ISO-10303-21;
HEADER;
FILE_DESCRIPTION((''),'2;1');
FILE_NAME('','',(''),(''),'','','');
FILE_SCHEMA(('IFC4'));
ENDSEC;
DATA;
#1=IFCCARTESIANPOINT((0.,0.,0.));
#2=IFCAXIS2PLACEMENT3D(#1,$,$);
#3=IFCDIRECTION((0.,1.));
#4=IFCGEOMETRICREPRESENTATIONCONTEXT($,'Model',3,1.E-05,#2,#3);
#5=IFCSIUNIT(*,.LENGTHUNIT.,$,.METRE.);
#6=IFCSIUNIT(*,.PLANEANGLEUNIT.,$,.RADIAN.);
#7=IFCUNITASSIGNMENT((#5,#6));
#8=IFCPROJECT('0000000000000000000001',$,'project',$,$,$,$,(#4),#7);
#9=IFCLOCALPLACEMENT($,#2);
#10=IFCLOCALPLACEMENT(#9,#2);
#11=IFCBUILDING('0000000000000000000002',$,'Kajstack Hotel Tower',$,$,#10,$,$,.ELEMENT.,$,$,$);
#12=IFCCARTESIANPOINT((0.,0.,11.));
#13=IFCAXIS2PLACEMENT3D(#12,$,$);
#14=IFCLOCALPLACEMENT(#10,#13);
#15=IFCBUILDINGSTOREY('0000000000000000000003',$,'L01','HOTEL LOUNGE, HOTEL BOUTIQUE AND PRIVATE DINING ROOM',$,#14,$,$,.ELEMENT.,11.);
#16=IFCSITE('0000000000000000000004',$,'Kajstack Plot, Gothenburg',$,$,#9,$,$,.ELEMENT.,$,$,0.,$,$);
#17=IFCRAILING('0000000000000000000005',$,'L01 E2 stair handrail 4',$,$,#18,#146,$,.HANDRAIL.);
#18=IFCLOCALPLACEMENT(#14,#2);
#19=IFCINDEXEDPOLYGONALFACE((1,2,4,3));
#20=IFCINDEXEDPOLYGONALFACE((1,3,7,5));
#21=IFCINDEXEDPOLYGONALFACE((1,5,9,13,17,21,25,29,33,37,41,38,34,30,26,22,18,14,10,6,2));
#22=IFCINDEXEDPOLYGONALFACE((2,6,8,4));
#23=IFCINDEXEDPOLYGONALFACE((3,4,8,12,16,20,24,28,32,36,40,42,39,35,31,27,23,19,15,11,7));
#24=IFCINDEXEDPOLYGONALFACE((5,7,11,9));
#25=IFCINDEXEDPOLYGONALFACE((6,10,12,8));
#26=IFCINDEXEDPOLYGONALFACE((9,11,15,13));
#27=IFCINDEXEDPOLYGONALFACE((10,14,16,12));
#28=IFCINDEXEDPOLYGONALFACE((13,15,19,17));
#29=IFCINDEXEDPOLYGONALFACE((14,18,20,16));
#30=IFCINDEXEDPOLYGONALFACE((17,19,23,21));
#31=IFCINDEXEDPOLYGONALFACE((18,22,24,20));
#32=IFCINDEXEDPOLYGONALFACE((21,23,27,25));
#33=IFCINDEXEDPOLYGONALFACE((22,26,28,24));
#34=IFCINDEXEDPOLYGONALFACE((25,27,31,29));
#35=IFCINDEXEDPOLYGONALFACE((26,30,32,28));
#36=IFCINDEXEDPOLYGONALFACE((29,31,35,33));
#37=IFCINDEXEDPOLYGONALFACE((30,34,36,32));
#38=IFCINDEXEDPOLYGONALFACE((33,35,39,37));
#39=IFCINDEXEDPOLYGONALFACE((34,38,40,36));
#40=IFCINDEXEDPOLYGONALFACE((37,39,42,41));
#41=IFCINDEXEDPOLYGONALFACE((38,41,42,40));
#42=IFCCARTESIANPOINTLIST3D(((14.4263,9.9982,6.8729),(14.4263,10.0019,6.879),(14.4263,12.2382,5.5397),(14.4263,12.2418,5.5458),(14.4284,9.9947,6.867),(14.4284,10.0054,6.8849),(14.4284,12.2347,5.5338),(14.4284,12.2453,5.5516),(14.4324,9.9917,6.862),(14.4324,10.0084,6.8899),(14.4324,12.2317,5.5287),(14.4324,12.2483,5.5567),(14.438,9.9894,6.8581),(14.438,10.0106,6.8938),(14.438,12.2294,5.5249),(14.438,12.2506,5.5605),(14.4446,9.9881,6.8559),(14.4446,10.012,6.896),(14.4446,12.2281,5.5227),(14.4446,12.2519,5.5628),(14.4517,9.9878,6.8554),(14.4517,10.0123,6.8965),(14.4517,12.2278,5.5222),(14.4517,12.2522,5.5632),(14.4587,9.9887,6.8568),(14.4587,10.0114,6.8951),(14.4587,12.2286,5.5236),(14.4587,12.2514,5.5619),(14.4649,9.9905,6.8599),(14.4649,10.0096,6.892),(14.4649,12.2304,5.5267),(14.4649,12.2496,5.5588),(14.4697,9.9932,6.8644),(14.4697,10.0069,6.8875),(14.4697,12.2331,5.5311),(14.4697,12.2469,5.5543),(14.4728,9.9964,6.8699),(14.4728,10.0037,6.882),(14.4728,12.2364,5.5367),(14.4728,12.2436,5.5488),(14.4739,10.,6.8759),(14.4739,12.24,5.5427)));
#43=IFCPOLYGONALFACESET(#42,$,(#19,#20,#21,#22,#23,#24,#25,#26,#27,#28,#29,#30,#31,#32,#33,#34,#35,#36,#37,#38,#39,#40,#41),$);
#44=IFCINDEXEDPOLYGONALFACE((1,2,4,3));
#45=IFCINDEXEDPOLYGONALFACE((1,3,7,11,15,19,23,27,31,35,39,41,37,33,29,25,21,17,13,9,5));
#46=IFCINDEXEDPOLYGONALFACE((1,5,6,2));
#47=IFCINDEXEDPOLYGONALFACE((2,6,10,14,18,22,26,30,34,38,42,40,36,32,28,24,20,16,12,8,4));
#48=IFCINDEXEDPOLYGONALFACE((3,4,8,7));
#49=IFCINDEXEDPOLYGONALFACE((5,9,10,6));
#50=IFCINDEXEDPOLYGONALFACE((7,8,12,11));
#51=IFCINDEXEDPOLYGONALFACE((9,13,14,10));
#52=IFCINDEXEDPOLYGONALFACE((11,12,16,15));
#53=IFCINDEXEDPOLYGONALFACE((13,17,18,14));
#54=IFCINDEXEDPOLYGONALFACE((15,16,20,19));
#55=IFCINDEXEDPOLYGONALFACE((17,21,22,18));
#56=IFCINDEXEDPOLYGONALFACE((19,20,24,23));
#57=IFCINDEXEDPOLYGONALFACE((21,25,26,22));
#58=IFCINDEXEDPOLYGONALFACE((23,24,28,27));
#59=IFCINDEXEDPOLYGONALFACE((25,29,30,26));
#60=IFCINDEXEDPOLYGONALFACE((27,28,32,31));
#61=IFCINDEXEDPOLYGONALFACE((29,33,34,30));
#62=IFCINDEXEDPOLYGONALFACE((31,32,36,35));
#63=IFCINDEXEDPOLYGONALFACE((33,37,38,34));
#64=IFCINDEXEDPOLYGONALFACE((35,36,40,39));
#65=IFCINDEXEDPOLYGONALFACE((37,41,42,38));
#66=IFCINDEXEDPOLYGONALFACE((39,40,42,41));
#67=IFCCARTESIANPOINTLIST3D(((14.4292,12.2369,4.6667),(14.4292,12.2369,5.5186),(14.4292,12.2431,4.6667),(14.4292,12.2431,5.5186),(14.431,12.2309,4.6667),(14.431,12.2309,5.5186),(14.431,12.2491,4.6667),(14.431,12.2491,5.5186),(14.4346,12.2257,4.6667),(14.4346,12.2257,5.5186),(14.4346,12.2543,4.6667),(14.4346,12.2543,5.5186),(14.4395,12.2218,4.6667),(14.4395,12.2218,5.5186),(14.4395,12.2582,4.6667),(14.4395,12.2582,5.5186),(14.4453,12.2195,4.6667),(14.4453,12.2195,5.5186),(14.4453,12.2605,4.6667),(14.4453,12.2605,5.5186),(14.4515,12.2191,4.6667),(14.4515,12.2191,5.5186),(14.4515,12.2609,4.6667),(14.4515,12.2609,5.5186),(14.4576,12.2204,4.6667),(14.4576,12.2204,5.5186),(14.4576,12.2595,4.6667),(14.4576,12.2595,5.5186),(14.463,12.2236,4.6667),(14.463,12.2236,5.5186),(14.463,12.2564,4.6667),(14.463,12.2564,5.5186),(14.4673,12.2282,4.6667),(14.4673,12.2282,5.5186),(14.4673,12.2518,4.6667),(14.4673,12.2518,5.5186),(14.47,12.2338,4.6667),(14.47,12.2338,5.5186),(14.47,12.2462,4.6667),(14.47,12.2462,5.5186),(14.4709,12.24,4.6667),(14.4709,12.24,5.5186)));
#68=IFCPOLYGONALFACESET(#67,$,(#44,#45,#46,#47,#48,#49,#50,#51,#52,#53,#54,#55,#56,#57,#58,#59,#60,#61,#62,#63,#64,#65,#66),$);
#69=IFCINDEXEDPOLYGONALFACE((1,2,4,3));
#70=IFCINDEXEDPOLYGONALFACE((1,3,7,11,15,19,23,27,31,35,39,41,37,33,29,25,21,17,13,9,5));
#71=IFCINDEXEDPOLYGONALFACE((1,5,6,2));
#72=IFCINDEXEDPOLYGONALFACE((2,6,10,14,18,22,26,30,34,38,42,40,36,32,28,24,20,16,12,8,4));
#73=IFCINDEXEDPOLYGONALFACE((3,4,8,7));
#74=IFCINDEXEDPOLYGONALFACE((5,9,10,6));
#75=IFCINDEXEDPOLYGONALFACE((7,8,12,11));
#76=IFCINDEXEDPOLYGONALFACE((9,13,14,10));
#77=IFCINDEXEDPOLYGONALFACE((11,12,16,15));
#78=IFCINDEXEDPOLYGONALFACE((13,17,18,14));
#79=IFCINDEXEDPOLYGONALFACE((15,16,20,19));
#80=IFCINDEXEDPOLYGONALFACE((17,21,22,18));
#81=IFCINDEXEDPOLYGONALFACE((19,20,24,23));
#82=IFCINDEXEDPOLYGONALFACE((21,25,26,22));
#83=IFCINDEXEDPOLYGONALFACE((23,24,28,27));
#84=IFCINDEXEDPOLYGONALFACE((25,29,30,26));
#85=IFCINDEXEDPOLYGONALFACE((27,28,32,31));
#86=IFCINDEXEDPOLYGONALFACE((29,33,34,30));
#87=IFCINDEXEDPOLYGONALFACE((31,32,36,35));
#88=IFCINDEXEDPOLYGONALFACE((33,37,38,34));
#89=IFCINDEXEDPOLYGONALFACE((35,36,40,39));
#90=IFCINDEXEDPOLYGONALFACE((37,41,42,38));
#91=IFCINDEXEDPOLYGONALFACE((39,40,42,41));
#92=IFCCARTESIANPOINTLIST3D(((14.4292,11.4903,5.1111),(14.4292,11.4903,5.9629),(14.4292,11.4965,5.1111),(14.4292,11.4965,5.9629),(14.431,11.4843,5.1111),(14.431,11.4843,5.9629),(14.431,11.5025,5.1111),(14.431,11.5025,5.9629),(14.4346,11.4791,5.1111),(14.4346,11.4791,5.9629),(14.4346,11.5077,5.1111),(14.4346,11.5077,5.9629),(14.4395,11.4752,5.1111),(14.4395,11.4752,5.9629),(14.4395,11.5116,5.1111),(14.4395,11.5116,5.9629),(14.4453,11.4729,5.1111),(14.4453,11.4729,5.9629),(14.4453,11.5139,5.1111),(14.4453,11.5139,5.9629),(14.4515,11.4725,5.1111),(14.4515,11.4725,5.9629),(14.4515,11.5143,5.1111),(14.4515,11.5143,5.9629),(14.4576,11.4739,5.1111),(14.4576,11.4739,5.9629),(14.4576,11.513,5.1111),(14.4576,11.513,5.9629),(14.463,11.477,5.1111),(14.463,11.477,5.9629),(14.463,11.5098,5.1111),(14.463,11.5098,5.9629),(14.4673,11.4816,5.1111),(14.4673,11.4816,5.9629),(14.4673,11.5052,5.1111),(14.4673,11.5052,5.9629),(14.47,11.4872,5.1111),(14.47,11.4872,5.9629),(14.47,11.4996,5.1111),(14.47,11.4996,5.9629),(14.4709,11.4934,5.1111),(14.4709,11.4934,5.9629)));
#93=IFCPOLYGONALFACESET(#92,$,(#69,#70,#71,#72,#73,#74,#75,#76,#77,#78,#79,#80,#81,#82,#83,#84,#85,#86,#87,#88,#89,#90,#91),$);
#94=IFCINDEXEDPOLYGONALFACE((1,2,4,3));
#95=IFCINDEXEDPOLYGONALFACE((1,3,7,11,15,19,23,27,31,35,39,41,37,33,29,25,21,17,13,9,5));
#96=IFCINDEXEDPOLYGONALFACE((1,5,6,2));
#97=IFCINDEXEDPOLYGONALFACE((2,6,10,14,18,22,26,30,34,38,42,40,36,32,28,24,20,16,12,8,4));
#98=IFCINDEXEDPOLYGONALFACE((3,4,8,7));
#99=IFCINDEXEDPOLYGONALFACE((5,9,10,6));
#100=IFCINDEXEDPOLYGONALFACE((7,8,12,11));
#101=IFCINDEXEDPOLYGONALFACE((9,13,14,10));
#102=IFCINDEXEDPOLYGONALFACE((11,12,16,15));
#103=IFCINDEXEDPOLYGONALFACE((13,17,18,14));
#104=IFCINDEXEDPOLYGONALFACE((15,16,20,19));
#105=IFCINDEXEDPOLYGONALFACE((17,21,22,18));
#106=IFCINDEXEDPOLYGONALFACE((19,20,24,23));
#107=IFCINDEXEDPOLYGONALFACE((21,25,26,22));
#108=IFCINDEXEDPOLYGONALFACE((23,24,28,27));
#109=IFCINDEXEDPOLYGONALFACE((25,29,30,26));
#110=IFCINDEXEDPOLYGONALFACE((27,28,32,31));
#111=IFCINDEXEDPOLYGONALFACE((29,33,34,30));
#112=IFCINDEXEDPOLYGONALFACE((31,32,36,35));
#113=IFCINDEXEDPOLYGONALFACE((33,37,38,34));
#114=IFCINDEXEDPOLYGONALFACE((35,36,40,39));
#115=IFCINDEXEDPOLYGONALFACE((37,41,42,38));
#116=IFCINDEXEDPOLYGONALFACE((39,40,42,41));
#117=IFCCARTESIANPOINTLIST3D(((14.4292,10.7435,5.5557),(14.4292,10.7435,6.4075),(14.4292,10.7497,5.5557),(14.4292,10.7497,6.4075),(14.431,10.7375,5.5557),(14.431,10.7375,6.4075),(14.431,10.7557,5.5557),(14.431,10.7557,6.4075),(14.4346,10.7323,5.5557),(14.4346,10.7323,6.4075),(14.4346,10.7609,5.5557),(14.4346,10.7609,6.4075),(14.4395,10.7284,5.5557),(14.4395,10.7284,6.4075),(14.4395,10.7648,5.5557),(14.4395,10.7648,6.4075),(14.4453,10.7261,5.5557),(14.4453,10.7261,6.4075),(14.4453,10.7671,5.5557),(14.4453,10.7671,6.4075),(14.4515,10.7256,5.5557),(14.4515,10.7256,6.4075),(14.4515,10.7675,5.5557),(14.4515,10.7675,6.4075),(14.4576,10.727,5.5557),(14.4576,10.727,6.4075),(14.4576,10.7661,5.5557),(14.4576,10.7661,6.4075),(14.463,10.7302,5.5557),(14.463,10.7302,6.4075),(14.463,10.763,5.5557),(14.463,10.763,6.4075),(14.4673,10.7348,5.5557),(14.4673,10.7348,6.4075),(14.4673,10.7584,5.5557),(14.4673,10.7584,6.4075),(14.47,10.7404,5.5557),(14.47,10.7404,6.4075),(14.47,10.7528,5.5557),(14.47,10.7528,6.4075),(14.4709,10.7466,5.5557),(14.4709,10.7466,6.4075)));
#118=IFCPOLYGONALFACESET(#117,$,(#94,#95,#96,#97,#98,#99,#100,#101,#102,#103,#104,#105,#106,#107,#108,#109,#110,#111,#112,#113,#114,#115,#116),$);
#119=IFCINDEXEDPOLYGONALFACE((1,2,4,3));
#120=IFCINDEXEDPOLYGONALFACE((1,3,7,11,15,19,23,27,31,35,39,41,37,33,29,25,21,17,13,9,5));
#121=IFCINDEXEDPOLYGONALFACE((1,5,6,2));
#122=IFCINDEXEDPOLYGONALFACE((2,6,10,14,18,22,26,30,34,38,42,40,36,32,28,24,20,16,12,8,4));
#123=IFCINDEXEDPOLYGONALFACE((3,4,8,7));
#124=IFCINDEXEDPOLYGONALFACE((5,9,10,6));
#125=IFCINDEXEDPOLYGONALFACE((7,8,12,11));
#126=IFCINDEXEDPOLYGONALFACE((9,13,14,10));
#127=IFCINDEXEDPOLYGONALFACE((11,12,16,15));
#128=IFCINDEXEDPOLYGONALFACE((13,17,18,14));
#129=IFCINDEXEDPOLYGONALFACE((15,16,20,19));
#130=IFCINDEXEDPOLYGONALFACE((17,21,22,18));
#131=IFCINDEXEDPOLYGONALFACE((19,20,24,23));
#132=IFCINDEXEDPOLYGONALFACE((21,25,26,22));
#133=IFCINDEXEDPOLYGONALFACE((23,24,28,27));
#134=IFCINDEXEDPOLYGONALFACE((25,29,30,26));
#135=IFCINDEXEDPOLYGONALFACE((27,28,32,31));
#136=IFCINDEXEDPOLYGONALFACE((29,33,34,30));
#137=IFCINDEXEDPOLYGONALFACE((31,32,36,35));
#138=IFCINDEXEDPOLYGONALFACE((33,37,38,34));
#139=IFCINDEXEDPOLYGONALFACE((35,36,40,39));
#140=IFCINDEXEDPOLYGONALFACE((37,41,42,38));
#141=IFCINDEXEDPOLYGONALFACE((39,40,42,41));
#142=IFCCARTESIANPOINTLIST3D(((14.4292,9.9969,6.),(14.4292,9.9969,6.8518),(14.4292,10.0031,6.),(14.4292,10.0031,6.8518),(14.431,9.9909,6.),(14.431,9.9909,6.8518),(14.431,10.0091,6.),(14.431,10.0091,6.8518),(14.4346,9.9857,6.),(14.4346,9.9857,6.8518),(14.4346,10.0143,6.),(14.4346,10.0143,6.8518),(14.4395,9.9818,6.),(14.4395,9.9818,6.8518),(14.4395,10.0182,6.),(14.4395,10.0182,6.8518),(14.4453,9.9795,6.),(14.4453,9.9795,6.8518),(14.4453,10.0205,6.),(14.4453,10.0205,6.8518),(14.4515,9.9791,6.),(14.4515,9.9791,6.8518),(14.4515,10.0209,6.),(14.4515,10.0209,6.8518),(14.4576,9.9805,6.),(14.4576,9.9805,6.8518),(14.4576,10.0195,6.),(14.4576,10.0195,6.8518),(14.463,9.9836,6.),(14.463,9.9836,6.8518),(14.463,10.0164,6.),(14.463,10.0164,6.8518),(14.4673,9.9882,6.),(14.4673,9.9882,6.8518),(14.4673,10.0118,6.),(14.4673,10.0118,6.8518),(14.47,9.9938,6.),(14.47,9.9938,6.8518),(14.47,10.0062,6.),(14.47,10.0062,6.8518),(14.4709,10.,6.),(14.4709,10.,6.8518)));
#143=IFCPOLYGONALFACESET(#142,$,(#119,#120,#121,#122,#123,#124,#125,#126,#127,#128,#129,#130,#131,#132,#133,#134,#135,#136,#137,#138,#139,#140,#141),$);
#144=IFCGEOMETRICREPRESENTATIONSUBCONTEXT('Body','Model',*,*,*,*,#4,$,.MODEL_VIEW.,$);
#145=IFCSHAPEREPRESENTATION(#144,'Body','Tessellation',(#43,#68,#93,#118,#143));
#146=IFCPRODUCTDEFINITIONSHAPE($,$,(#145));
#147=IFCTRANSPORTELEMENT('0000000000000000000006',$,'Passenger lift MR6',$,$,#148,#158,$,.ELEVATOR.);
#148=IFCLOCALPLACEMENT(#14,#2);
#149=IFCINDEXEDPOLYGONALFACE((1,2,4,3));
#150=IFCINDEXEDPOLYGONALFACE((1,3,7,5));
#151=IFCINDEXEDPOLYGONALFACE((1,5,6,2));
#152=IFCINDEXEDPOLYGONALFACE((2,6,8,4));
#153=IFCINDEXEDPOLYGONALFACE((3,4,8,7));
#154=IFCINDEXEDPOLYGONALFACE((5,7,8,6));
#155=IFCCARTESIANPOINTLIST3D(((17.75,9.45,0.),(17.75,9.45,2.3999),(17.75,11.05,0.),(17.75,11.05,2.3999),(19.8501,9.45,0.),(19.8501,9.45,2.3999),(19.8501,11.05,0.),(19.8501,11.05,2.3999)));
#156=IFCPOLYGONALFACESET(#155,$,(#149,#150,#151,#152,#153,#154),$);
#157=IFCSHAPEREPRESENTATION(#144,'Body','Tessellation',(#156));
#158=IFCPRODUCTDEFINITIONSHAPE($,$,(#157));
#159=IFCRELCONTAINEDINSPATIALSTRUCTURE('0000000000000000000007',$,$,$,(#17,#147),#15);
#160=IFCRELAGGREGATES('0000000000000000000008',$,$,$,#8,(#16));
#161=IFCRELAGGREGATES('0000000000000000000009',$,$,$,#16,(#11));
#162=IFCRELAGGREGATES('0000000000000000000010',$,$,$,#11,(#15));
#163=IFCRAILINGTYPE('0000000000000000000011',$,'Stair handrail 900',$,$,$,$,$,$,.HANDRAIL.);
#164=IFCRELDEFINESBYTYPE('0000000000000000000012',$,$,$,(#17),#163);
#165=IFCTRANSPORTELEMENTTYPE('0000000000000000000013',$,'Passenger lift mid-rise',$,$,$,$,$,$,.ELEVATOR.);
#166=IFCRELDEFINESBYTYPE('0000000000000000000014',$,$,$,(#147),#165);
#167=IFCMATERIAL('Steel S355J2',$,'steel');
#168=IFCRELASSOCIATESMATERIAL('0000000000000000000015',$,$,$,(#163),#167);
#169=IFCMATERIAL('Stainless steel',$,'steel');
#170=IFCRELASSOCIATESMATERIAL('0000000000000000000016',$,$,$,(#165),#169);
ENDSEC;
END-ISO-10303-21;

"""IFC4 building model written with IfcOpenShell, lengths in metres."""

from ifc_helpers import new_model, si_unit, direction, frame, origin, origin_2d, place, context, subcontext, project, spatial, rectangle, circle, extrude, material, type_object, element, save


model = new_model("IFC4")

# Units and contexts
model_context = context("Model", 3, precision=1e-05, world=origin(), true_north=direction((0.0, 1.0)))
body_context = subcontext(model_context, "Body", "Model", "MODEL_VIEW")
ifc_project = project(units=[si_unit("LENGTHUNIT", "METRE"), si_unit("PLANEANGLEUNIT", "RADIAN")], contexts=[model_context])

# Site, building, storey
site_placement = place(None, origin())
site = spatial("IfcSite", under=ifc_project, at=site_placement, Name="Kajstack Plot, Gothenburg", CompositionType="ELEMENT", RefElevation=0.0)
building_placement = place(site_placement, origin())
building = spatial("IfcBuilding", under=site, at=building_placement, Name="Kajstack Hotel Tower", CompositionType="ELEMENT")
storey_placement = place(building_placement, frame((0.0, 0.0, 11.0)))
storey = spatial("IfcBuildingStorey", under=building, at=storey_placement, Name="L01", Description="HOTEL LOUNGE, HOTEL BOUTIQUE AND PRIVATE DINING ROOM", CompositionType="ELEMENT", Elevation=11.0)

# Shared definitions
ifc_material_1 = material(Name="Stainless steel", Category="steel")

# Railing
ifc_material_2 = material(Name="Steel S355J2", Category="steel")
railing_type = type_object("IfcRailingType", Name="Stair handrail 900", PredefinedType="HANDRAIL", material=ifc_material_2)
railing_1_placement = place(storey_placement, frame((14.45, 12.24, 4.6667)))
element("IfcRailing", 1, at=railing_1_placement, inside=storey, type_object=railing_type, Name="L01 E2 stair handrail 4", PredefinedType="HANDRAIL", context=body_context, shape_type="SweptSolid", body=[
    extrude(circle(Radius=0.0239, at=origin_2d()), frame((0.0, 0.0, 0.876), z_axis=(0.0, -0.859306, 0.511462), x_axis=(1.0, 0.0, 0.0)), (0.0, 0.0, 1.0), 2.6067),
    extrude(circle(Radius=0.021, at=origin_2d()), origin(), (0.0, 0.0, 1.0), 0.8518),
    extrude(circle(Radius=0.021, at=origin_2d()), frame((0.0, -0.7466, 0.4443)), (0.0, 0.0, 1.0), 0.8518),
    extrude(circle(Radius=0.021, at=origin_2d()), frame((0.0, -1.4934, 0.8889)), (0.0, 0.0, 1.0), 0.8518),
    extrude(circle(Radius=0.021, at=origin_2d()), frame((0.0, -2.24, 1.3333)), (0.0, 0.0, 1.0), 0.8518),
])

# Transport element
transport_element_type = type_object("IfcTransportElementType", Name="Passenger lift mid-rise", PredefinedType="ELEVATOR", material=ifc_material_1)
transport_element_placement = place(storey_placement, frame((18.8, 10.25, 0.0), z_axis=(0.0, 0.0, 1.0), x_axis=(1.0, 0.0, 0.0)))
element("IfcTransportElement", 2, at=transport_element_placement, inside=storey, type_object=transport_element_type, Name="Passenger lift MR6", PredefinedType="ELEVATOR", context=body_context, shape_type="SweptSolid", body=[
    extrude(rectangle(XDim=2.1001, YDim=1.6001, at=origin_2d()), origin(), (0.0, 0.0, 1.0), 2.3999),
])

save(model, "model.ifc")
